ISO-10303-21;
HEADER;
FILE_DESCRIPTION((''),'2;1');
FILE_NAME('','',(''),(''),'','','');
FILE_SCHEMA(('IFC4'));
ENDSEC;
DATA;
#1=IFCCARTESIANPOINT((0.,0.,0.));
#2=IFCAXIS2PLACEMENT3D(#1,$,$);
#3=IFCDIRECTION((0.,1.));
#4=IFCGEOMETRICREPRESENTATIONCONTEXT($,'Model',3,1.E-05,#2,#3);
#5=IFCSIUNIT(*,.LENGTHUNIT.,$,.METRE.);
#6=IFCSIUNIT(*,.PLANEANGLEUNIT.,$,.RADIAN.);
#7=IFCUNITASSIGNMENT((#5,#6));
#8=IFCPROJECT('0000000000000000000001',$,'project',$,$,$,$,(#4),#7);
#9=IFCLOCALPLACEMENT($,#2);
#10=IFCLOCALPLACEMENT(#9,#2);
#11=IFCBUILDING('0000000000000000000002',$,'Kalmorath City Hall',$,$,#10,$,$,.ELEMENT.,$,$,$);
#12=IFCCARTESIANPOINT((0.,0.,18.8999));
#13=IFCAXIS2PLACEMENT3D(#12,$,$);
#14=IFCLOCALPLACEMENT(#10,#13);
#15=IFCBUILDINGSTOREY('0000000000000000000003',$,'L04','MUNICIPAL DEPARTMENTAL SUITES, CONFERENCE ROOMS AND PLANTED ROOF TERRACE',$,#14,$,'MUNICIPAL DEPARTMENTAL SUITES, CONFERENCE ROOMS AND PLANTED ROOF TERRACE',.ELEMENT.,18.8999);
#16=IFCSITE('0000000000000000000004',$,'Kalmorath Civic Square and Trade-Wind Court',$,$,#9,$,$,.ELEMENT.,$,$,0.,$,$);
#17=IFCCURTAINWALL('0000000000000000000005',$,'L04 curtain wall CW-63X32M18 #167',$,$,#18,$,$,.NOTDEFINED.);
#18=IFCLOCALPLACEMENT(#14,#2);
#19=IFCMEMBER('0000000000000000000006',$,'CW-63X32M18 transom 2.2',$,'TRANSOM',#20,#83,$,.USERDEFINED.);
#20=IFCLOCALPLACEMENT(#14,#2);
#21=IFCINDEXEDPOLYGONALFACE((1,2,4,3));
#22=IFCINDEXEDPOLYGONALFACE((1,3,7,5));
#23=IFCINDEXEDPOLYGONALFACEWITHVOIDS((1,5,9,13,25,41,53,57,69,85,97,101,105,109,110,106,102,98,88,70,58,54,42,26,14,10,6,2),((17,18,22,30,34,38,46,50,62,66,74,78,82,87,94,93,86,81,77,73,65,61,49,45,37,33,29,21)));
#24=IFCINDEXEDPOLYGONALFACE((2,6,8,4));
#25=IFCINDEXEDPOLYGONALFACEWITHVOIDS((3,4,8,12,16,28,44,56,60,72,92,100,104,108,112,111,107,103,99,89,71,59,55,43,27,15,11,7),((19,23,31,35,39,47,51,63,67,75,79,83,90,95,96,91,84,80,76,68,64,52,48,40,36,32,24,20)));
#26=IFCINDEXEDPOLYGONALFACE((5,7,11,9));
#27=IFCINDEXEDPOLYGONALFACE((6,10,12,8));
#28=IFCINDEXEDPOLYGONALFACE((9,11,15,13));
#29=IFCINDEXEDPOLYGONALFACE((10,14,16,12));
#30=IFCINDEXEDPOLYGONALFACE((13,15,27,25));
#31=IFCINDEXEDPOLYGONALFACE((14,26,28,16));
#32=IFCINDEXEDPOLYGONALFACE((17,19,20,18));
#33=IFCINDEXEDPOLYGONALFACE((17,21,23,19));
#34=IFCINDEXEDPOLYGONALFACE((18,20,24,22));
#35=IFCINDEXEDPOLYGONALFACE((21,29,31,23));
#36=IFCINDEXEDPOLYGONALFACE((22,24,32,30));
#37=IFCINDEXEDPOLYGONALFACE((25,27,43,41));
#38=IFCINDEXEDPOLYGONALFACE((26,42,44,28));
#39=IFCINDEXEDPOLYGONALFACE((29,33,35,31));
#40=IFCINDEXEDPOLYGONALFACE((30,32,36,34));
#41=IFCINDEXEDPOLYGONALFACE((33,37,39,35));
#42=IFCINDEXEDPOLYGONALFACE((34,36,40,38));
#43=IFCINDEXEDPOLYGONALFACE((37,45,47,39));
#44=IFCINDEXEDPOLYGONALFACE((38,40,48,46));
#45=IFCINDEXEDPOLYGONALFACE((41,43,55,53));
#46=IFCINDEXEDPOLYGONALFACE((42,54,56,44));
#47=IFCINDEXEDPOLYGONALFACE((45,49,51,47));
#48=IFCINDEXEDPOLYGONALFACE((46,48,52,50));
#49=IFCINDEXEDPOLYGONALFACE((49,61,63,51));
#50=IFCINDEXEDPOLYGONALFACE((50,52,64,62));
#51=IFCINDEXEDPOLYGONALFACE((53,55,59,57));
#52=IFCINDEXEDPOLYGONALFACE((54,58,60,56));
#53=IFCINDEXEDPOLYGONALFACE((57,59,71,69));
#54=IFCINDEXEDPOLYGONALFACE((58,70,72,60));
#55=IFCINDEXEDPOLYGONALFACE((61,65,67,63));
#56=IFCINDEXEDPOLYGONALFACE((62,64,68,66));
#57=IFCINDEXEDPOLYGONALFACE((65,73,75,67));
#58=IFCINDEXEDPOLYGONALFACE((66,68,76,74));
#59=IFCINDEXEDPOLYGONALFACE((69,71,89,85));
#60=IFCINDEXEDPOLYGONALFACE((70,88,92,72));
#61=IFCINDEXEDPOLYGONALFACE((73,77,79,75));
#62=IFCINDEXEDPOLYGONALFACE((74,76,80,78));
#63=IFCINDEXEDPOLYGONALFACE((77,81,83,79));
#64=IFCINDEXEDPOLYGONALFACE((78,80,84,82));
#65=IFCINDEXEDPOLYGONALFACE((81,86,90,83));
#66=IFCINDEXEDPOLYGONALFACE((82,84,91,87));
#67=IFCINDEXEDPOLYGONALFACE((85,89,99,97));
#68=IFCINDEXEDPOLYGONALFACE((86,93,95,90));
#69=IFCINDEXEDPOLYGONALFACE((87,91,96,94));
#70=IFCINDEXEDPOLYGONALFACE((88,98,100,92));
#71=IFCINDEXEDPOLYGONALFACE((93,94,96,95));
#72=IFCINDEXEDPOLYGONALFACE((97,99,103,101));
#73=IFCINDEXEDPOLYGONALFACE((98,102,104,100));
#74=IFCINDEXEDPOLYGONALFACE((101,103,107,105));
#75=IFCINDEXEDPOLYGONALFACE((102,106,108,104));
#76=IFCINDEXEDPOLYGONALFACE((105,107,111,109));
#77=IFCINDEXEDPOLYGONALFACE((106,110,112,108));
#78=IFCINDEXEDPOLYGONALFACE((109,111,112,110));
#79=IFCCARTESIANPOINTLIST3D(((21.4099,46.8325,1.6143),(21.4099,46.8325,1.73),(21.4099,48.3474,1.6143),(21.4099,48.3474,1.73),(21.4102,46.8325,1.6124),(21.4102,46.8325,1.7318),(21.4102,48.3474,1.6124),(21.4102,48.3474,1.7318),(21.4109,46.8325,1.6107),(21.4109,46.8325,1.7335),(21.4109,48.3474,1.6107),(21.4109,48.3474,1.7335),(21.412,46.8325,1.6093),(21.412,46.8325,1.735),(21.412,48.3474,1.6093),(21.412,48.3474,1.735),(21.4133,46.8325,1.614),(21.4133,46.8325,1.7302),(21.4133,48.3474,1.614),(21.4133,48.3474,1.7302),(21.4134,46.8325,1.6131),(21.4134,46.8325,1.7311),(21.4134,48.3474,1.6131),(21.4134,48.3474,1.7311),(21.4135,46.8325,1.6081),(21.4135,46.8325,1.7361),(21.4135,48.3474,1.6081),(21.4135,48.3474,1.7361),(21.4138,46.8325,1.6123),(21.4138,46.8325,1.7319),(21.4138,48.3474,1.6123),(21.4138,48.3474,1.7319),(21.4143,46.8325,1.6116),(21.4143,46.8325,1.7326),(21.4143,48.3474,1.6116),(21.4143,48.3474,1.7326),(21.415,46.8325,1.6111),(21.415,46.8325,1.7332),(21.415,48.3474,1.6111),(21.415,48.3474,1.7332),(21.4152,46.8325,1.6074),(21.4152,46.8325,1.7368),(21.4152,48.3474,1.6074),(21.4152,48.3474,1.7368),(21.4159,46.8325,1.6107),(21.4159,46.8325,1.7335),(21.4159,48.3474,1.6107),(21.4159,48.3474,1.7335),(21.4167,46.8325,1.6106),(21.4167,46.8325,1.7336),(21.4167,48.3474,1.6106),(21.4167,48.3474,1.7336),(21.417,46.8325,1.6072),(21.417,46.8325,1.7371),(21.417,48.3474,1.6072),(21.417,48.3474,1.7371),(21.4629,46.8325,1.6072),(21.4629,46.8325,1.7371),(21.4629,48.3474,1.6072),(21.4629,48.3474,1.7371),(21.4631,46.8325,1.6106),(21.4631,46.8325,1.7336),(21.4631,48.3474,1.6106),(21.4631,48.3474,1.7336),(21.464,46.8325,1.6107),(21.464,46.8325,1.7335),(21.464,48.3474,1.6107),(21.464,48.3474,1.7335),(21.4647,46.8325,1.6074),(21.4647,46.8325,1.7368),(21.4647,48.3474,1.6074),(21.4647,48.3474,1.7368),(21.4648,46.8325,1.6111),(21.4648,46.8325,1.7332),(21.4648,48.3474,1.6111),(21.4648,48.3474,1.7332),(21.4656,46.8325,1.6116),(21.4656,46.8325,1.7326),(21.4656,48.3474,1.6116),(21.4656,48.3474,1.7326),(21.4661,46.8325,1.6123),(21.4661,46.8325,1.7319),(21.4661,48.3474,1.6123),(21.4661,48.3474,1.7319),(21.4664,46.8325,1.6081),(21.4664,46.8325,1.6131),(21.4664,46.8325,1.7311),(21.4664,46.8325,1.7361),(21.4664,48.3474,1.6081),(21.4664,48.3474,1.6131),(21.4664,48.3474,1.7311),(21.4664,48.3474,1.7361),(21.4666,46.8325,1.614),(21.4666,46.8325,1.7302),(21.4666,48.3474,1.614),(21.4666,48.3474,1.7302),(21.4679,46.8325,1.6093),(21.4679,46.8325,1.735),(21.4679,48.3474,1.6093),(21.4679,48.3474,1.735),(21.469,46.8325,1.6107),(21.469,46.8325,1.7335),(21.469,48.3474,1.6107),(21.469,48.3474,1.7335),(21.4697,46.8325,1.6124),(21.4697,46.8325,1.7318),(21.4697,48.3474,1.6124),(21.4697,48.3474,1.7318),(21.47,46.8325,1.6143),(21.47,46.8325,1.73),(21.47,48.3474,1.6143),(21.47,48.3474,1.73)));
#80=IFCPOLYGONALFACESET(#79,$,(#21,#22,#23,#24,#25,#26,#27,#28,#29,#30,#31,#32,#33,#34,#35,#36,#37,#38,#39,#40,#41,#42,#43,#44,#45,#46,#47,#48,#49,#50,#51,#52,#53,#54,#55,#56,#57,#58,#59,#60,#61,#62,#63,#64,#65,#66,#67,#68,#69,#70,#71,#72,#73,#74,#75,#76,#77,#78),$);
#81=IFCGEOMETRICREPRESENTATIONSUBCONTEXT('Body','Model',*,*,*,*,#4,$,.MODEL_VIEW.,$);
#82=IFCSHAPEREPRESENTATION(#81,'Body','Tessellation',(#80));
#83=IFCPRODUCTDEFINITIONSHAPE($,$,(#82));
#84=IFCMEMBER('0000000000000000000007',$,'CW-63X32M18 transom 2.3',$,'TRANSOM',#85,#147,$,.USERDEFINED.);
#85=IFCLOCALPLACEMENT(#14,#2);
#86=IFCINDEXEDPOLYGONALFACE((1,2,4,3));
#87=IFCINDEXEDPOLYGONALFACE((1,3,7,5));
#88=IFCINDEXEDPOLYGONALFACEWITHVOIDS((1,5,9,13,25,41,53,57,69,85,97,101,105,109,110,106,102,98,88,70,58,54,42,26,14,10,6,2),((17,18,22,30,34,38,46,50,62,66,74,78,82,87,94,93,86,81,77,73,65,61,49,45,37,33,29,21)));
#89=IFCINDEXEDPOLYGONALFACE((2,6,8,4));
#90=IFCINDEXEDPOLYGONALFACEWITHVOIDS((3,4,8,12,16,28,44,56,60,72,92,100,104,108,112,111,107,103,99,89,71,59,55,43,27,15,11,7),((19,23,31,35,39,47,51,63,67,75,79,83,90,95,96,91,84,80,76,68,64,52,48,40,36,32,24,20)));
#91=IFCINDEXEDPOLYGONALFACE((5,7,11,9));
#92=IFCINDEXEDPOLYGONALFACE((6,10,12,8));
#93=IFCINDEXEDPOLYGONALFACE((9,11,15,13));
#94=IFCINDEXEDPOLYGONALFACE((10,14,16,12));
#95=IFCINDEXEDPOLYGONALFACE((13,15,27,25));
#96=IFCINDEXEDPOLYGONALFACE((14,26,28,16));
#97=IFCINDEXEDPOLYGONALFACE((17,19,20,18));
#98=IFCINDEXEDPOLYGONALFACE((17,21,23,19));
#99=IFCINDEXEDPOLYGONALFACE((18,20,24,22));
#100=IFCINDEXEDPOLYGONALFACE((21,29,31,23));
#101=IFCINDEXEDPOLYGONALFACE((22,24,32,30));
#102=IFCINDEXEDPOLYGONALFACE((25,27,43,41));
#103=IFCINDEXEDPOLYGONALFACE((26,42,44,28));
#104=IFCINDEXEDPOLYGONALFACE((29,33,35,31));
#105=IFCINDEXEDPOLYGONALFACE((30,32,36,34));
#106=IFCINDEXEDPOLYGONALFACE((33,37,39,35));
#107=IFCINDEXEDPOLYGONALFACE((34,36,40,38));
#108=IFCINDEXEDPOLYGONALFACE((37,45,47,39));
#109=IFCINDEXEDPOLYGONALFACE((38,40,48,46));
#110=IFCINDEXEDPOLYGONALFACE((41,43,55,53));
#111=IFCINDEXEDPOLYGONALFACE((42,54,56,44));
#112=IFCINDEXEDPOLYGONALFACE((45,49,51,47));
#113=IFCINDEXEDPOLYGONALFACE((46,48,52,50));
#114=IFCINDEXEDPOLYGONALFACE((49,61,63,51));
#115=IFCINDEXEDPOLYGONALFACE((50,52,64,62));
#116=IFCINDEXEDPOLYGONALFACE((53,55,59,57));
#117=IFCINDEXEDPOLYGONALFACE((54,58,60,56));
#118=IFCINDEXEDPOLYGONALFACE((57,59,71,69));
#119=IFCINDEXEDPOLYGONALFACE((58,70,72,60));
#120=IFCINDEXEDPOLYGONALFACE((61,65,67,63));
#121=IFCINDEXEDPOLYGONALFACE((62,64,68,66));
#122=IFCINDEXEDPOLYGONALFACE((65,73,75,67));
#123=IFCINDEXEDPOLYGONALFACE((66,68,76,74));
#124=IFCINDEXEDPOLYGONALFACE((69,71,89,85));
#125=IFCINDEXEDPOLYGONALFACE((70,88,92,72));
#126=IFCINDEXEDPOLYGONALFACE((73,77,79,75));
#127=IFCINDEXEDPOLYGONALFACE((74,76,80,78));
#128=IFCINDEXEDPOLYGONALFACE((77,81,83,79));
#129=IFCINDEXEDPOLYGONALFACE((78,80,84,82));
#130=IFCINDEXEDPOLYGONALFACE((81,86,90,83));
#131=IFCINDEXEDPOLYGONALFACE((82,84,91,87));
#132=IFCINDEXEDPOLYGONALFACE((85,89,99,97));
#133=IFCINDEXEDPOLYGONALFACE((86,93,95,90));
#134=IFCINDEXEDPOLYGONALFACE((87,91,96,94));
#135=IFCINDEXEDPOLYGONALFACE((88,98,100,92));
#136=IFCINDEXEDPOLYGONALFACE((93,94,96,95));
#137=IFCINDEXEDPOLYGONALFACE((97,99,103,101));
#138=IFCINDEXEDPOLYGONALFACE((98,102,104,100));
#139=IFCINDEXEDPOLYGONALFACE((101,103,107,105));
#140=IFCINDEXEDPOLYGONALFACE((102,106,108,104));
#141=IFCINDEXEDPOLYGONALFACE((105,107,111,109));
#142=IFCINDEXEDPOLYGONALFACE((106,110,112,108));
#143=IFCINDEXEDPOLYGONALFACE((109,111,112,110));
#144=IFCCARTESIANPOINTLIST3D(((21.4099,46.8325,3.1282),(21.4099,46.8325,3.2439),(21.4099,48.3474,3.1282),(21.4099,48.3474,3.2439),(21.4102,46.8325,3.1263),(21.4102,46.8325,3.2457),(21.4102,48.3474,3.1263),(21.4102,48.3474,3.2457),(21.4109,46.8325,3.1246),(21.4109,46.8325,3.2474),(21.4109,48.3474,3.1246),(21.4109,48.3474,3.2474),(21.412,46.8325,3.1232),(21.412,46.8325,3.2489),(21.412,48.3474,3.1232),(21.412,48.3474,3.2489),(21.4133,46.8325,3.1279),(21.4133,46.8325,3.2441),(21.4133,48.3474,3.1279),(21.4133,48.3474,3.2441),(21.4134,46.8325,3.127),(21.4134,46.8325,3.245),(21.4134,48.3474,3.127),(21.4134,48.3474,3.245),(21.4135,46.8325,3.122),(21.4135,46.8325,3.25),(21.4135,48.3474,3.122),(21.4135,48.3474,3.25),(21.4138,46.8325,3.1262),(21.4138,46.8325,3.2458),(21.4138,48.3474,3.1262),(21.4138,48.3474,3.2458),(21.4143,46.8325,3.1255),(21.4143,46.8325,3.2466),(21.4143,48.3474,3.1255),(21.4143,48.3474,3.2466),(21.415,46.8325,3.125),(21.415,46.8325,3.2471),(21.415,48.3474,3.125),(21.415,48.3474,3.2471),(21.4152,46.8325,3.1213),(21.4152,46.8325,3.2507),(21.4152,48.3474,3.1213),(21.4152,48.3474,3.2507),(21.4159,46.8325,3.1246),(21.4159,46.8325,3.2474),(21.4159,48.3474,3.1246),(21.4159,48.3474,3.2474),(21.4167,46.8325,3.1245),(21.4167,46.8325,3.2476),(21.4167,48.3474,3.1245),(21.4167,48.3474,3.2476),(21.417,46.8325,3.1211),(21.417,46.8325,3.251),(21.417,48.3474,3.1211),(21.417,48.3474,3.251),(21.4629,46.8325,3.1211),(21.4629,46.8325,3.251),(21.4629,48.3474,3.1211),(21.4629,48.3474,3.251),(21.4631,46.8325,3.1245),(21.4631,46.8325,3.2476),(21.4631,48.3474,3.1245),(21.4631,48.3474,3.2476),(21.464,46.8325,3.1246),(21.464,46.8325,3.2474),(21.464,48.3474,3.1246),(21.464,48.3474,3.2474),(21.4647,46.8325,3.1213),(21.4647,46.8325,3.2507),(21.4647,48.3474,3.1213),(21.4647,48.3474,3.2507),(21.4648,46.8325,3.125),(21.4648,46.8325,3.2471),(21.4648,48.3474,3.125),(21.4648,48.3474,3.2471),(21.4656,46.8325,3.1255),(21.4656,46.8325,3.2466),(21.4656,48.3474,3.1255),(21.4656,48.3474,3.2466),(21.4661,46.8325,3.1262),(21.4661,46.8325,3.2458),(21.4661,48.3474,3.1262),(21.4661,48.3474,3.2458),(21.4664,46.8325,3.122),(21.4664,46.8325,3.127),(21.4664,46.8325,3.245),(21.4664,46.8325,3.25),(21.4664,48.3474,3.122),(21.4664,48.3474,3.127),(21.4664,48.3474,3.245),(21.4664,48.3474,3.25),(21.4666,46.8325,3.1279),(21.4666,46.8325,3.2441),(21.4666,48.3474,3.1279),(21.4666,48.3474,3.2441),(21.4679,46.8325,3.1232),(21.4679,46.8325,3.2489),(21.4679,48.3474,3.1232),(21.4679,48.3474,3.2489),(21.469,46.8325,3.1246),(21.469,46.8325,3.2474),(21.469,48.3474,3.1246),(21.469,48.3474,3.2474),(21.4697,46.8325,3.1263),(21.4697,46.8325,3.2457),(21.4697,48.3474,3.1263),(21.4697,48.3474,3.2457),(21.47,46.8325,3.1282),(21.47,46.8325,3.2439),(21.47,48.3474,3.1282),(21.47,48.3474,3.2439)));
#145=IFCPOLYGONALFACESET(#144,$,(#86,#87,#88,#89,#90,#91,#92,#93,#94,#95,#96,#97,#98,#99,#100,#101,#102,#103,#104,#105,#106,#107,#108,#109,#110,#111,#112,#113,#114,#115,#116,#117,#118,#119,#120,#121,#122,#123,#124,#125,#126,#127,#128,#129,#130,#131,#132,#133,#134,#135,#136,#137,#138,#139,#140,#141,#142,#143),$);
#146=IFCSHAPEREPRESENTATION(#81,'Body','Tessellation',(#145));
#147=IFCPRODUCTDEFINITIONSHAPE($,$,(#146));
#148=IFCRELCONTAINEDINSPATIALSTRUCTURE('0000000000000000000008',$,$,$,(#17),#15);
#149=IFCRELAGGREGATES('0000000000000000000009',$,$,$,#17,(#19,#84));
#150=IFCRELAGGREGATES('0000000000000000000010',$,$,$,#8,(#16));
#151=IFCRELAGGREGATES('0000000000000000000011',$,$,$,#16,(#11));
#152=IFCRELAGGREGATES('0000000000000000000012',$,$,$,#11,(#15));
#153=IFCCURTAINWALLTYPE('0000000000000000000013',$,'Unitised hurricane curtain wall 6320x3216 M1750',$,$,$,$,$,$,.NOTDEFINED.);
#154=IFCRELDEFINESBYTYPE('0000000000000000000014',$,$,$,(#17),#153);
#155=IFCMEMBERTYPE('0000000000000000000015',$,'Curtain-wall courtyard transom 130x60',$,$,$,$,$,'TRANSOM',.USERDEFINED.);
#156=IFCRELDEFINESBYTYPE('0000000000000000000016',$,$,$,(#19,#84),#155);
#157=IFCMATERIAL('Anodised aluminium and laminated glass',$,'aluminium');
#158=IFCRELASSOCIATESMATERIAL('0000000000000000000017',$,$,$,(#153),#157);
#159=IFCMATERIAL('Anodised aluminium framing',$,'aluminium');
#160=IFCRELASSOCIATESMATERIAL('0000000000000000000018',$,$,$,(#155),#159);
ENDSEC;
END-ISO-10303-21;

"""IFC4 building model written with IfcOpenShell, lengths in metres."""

from ifc_helpers import new_model, si_unit, direction, frame, origin, origin_2d, place, context, subcontext, project, spatial, hollow_rectangle, extrude, material, material_profile, profile_set, type_object, element, aggregate, save


model = new_model("IFC4")

# Units and contexts
model_context = context("Model", 3, precision=1e-05, world=origin(), true_north=direction((0.0, 1.0)))
body_context = subcontext(model_context, "Body", "Model", "MODEL_VIEW")
ifc_project = project(units=[si_unit("LENGTHUNIT", "METRE"), si_unit("PLANEANGLEUNIT", "RADIAN")], contexts=[model_context])

# Site, building, storey
site_placement = place(None, origin())
site = spatial("IfcSite", under=ifc_project, at=site_placement, Name="Kalmorath Civic Square and Trade-Wind Court", CompositionType="ELEMENT", RefElevation=0.0)
building_placement = place(site_placement, origin())
building = spatial("IfcBuilding", under=site, at=building_placement, Name="Kalmorath City Hall", CompositionType="ELEMENT")
storey_placement = place(building_placement, frame((0.0, 0.0, 18.8999)))
storey = spatial("IfcBuildingStorey", under=building, at=storey_placement, Name="L04", Description="MUNICIPAL DEPARTMENTAL SUITES, CONFERENCE ROOMS AND PLANTED ROOF TERRACE", LongName="MUNICIPAL DEPARTMENTAL SUITES, CONFERENCE ROOMS AND PLANTED ROOF TERRACE", CompositionType="ELEMENT", Elevation=18.8999)

# Curtain wall
ifc_material_1 = material(Name="Anodised aluminium and laminated glass", Category="aluminium")
curtain_wall_type = type_object("IfcCurtainWallType", Name="Unitised hurricane curtain wall 6320x3216 M1750", PredefinedType="NOTDEFINED", material=ifc_material_1)
curtain_wall_1_placement = place(storey_placement, origin())
curtain_wall_1 = element("IfcCurtainWall", 1, at=curtain_wall_1_placement, inside=storey, type_object=curtain_wall_type, Name="L04 curtain wall CW-63X32M18 #167", PredefinedType="NOTDEFINED")
ifc_material_2 = material(Name="Anodised aluminium framing", Category="aluminium")
ifc_material_profile_1 = material_profile(ifc_material_2, hollow_rectangle(XDim=0.0601, YDim=0.1299, WallThickness=0.0034, InnerFilletRadius=0.0034, OuterFilletRadius=0.0071, at=origin_2d()), Name="ALU-TRN-130X60X3.5")
ifc_profile_set_1 = profile_set([ifc_material_profile_1], Name="Anodised aluminium framing")
member_type_1 = type_object("IfcMemberType", Name="Curtain-wall courtyard transom 130x60", ElementType="TRANSOM", PredefinedType="USERDEFINED", material=ifc_profile_set_1)

# Members
member_1_placement = place(storey_placement, frame((21.4399, 48.3474, 1.6721), z_axis=(0.0, -1.0, 0.0), x_axis=(1.0, 0.0, 0.0)))
member_1 = element("IfcMember", 2, at=member_1_placement, type_object=member_type_1, Name="CW-63X32M18 transom 2.2", ObjectType="TRANSOM", PredefinedType="USERDEFINED", context=body_context, shape_type="SweptSolid", body=[
    extrude(hollow_rectangle(XDim=0.0601, YDim=0.1299, WallThickness=0.0034, InnerFilletRadius=0.0034, OuterFilletRadius=0.0071, at=origin_2d()), origin(), (0.0, 0.0, 1.0), 1.5149),
])
member_2_placement = place(storey_placement, frame((21.4399, 48.3474, 3.186), z_axis=(0.0, -1.0, 0.0), x_axis=(1.0, 0.0, 0.0)))
member_2 = element("IfcMember", 3, at=member_2_placement, type_object=member_type_1, Name="CW-63X32M18 transom 2.3", ObjectType="TRANSOM", PredefinedType="USERDEFINED", context=body_context, shape_type="SweptSolid", body=[
    extrude(hollow_rectangle(XDim=0.0601, YDim=0.1299, WallThickness=0.0034, InnerFilletRadius=0.0034, OuterFilletRadius=0.0071, at=origin_2d()), origin(), (0.0, 0.0, 1.0), 1.5149),
])

aggregate(curtain_wall_1, [member_1, member_2])

save(model, "model.ifc")
